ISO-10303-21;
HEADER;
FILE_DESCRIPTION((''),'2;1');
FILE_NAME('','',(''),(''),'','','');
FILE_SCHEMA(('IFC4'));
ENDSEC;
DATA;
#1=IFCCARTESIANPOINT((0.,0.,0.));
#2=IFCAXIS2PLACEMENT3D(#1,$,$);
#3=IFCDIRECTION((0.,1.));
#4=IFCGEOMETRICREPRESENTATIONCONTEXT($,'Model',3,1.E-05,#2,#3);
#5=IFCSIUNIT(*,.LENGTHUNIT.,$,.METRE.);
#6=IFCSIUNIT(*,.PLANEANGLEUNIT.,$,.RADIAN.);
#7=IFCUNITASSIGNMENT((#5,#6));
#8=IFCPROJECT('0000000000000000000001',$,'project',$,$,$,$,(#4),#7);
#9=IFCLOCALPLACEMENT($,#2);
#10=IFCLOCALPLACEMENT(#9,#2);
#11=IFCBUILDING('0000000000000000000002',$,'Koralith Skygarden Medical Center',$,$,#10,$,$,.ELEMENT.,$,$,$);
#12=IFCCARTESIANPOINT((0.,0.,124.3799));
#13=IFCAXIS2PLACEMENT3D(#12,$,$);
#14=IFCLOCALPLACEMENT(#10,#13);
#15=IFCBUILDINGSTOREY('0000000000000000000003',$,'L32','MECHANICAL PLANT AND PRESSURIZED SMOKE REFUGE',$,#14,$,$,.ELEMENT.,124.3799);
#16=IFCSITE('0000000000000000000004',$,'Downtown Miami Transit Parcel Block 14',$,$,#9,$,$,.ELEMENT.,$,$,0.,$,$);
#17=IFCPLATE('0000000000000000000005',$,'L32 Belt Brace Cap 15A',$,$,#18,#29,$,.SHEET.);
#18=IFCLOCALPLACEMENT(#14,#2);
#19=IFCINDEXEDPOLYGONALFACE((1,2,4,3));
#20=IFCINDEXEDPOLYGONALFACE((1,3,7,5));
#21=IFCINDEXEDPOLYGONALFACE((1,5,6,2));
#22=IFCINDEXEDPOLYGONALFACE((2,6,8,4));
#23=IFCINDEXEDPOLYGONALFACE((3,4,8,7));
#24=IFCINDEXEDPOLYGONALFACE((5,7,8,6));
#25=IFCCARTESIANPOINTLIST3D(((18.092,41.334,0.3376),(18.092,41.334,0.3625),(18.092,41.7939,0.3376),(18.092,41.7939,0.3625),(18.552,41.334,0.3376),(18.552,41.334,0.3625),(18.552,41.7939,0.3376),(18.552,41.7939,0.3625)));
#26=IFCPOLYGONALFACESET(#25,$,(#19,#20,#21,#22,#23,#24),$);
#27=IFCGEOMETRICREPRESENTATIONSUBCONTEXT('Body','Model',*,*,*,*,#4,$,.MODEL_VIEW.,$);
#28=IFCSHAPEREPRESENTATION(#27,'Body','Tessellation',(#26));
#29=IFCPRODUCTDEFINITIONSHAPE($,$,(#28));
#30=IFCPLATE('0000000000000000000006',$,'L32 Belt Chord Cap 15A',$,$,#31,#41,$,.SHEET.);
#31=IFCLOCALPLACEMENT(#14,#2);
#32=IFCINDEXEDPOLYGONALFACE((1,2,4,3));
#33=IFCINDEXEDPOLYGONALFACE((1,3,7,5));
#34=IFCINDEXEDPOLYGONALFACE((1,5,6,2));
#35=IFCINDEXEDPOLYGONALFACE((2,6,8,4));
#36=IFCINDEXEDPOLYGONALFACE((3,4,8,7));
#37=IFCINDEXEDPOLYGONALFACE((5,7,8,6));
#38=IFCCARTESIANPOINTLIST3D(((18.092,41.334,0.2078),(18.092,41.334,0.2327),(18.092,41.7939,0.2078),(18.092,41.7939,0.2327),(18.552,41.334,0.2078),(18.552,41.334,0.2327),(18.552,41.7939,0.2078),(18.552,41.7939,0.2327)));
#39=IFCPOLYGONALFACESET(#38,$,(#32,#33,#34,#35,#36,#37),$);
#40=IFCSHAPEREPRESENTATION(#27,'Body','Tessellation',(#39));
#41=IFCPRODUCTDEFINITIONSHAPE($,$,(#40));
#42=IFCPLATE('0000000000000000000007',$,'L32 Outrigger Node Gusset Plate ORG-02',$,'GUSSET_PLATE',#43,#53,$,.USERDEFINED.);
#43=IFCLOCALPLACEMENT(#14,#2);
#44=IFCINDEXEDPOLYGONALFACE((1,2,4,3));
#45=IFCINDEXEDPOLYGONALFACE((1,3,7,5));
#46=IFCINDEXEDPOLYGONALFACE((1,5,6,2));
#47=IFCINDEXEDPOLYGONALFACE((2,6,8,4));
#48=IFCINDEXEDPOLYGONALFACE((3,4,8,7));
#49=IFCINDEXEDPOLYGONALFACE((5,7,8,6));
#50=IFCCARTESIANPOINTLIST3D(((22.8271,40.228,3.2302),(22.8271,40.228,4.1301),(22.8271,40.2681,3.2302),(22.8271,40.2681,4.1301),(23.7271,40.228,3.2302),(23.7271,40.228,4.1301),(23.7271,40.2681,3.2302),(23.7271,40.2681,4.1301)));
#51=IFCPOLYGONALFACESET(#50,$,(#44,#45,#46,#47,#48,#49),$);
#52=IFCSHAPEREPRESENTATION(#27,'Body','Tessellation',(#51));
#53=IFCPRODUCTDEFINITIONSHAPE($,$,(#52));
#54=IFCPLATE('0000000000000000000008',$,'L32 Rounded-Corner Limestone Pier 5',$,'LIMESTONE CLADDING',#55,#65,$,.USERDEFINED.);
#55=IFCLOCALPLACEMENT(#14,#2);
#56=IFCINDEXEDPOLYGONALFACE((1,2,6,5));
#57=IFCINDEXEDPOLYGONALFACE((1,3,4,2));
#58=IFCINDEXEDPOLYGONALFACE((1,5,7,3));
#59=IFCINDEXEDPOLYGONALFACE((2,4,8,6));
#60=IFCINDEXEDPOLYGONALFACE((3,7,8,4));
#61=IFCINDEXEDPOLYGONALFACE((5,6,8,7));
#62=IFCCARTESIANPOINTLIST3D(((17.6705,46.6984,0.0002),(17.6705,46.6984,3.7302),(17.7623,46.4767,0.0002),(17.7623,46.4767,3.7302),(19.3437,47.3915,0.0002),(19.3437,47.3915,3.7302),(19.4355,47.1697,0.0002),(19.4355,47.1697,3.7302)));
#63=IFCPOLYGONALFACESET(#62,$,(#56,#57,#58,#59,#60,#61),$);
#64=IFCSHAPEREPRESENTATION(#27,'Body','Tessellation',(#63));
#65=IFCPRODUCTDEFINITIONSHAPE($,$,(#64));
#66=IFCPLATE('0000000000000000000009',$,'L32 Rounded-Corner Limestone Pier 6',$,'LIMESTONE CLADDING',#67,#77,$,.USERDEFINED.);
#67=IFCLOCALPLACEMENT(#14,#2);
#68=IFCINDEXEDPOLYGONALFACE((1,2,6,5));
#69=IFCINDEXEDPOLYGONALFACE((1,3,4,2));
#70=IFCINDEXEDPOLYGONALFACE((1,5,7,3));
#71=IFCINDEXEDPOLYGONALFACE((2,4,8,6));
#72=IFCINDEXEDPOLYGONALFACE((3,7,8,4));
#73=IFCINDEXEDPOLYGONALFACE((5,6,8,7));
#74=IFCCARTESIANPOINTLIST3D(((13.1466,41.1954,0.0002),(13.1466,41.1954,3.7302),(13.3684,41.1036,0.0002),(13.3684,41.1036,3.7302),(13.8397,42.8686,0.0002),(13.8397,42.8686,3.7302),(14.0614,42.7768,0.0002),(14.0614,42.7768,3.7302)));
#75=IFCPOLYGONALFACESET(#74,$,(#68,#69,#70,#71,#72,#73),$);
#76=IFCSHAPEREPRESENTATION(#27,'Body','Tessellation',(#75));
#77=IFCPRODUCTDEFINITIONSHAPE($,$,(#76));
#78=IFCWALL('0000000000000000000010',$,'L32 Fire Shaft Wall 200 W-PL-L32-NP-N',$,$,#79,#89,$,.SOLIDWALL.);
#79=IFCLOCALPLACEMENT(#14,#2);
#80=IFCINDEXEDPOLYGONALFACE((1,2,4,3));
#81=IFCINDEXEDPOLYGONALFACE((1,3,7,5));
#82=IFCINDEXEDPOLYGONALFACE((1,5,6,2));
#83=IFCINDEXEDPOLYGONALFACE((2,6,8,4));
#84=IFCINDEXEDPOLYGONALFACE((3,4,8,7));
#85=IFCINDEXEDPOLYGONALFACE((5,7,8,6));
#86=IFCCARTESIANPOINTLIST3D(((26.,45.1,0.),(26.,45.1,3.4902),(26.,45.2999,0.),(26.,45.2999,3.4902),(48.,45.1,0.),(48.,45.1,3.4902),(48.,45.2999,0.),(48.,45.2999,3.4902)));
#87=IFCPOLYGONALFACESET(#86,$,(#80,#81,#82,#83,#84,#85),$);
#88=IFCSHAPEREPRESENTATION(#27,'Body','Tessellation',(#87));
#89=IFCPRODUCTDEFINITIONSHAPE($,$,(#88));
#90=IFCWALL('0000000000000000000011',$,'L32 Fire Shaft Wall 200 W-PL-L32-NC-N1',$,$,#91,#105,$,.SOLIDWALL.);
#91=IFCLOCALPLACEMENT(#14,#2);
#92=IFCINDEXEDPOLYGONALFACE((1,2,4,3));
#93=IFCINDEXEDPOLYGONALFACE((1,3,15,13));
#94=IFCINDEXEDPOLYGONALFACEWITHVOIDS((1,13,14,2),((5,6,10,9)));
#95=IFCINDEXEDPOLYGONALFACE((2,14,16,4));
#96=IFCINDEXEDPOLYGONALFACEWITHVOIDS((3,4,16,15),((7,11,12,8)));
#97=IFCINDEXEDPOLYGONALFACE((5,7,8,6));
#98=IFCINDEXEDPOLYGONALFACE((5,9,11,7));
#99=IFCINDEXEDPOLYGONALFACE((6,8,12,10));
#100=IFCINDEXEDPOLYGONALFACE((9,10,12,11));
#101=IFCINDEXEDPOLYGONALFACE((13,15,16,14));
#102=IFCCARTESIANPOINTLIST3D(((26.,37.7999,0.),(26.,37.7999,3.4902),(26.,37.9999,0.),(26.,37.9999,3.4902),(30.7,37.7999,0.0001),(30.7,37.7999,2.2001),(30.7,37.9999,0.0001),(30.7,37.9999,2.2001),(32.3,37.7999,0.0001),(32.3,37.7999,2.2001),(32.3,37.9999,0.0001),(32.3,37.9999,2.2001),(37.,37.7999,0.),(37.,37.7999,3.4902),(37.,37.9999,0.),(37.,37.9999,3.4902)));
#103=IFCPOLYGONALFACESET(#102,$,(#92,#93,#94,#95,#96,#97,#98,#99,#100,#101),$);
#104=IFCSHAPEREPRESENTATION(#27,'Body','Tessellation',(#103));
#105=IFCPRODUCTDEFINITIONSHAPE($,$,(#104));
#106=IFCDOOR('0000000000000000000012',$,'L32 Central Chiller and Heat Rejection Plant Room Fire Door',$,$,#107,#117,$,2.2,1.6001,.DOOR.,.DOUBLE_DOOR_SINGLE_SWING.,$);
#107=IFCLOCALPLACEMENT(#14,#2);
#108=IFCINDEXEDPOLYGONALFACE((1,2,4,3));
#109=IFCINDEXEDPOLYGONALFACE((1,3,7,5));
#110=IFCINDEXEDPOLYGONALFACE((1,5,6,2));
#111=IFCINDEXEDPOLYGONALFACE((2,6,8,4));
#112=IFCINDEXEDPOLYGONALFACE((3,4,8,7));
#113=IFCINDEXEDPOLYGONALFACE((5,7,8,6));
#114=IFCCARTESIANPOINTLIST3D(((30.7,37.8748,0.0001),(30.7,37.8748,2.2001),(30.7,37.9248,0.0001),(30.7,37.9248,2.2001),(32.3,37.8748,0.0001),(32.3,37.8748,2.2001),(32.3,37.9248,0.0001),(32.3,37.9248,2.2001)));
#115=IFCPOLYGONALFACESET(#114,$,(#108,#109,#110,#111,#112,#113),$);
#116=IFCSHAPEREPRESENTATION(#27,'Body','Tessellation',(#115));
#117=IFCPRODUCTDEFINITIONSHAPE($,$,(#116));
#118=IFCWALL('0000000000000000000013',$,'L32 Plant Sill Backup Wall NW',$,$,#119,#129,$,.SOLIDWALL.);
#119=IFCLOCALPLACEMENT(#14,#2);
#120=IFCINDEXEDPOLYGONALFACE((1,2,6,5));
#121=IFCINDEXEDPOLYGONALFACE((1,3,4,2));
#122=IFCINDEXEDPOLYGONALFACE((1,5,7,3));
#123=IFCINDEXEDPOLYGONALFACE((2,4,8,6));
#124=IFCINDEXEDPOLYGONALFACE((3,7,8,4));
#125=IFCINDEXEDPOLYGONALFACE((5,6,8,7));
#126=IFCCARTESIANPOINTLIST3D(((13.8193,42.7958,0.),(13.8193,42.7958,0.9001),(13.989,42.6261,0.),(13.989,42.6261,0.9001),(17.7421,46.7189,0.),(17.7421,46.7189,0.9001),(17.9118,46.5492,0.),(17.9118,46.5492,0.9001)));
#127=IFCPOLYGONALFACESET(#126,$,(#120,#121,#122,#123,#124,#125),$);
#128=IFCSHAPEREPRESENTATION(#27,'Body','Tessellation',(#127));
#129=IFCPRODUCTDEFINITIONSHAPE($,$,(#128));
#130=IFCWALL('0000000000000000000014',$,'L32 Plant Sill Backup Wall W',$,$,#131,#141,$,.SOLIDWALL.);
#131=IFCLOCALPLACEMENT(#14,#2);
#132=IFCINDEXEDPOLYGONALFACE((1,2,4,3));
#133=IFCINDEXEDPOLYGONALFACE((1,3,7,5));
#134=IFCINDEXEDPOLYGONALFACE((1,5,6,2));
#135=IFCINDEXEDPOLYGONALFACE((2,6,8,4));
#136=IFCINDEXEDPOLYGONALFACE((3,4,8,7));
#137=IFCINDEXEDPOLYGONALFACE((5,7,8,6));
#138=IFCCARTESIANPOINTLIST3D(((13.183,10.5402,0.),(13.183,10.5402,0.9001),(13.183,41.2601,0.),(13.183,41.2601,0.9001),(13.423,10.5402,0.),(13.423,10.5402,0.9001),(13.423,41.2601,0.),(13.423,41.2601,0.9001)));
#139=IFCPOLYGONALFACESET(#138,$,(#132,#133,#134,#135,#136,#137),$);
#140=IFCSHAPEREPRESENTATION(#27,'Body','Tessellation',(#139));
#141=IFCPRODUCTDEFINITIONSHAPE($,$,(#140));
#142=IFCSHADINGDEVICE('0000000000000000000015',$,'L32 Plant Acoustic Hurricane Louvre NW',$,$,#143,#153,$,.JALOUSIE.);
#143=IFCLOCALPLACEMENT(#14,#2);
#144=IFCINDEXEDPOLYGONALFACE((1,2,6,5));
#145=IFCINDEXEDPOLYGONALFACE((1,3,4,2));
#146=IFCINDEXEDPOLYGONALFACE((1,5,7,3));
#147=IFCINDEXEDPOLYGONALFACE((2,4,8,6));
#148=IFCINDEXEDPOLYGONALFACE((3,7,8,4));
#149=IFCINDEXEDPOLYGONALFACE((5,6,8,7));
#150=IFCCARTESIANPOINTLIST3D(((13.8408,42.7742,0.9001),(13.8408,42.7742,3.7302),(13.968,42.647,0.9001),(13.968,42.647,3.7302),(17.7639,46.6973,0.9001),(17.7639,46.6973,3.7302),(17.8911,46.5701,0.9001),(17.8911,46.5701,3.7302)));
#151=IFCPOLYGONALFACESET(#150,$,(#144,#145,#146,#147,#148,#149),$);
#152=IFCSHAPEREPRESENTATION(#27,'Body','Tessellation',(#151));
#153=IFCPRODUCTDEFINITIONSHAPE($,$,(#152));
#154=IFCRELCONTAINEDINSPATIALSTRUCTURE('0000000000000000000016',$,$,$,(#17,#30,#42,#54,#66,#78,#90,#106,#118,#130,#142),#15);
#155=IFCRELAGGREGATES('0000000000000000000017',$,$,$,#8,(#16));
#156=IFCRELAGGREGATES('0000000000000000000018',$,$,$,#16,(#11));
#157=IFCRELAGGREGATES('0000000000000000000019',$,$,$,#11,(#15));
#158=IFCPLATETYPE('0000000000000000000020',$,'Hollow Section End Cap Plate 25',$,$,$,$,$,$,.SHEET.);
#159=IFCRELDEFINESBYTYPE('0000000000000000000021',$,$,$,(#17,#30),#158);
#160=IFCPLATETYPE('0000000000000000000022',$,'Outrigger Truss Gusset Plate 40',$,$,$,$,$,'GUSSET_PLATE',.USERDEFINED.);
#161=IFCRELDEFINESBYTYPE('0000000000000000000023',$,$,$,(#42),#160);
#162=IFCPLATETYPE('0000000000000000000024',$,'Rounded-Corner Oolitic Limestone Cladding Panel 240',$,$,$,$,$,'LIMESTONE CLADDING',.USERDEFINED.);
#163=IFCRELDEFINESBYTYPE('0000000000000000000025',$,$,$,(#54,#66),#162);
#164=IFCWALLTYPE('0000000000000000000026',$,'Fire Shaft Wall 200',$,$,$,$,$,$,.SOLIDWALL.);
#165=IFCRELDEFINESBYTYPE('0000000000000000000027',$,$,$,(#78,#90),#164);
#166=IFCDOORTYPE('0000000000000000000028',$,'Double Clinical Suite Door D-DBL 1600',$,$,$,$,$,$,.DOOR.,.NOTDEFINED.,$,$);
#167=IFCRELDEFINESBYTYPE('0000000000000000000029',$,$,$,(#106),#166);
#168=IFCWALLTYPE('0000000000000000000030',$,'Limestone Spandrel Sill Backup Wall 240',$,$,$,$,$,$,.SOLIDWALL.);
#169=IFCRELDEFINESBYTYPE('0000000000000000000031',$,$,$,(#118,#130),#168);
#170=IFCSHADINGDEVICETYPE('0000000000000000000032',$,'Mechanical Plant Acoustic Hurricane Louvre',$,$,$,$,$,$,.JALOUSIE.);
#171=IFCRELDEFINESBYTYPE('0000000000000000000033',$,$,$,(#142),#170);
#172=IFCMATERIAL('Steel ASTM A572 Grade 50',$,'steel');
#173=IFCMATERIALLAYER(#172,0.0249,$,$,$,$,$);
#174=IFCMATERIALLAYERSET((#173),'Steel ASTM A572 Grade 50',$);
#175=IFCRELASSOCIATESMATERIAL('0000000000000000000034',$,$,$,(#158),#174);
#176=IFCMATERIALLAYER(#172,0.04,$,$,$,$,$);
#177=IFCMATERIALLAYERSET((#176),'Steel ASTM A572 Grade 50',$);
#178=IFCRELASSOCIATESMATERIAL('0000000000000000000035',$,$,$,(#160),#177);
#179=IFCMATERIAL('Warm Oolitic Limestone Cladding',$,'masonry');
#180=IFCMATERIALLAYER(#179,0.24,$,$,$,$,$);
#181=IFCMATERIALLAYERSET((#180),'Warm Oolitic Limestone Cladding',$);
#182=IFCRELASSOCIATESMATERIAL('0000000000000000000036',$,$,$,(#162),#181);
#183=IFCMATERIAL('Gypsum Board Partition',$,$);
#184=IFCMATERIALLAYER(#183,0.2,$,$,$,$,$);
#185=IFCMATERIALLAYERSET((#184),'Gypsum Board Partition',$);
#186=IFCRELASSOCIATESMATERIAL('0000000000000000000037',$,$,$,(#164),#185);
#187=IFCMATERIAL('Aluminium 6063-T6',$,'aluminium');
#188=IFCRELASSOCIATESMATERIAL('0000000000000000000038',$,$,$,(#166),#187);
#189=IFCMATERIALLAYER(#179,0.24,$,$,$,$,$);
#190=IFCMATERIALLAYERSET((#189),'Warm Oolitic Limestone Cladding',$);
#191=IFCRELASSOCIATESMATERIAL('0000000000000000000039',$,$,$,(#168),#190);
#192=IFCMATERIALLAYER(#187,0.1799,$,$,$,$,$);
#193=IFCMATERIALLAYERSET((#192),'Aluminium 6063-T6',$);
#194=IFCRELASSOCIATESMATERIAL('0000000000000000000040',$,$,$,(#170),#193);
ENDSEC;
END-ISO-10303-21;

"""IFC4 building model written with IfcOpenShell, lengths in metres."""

from ifc_helpers import new_model, si_unit, direction, frame, frame_2d, origin, origin_2d, place, context, subcontext, project, spatial, rectangle, extrude, material, layer, layer_set, type_object, element, fill, save


model = new_model("IFC4")

# Units and contexts
model_context = context("Model", 3, precision=1e-05, world=origin(), true_north=direction((0.0, 1.0)))
body_context = subcontext(model_context, "Body", "Model", "MODEL_VIEW")
ifc_project = project(units=[si_unit("LENGTHUNIT", "METRE"), si_unit("PLANEANGLEUNIT", "RADIAN")], contexts=[model_context])

# Site, building, storey
site_placement = place(None, origin())
site = spatial("IfcSite", under=ifc_project, at=site_placement, Name="Downtown Miami Transit Parcel Block 14", CompositionType="ELEMENT", RefElevation=0.0)
building_placement = place(site_placement, origin())
building = spatial("IfcBuilding", under=site, at=building_placement, Name="Koralith Skygarden Medical Center", CompositionType="ELEMENT")
storey_placement = place(building_placement, frame((0.0, 0.0, 124.3799)))
storey = spatial("IfcBuildingStorey", under=building, at=storey_placement, Name="L32", Description="MECHANICAL PLANT AND PRESSURIZED SMOKE REFUGE", CompositionType="ELEMENT", Elevation=124.3799)

# Plates
ifc_material_1 = material(Name="Steel ASTM A572 Grade 50", Category="steel")
ifc_layer_1 = layer(ifc_material_1, 0.0249)
ifc_layer_set_1 = layer_set([ifc_layer_1], Name="Steel ASTM A572 Grade 50")
plate_type_1 = type_object("IfcPlateType", Name="Hollow Section End Cap Plate 25", PredefinedType="SHEET", material=ifc_layer_set_1)
for number, where, z_axis, x_axis, name in (
    (1, (18.322, 41.564, 0.3376), (0.0, 0.0, 1.0), (1.0, 0.0, 0.0), "L32 Belt Brace Cap 15A"),
    (2, (18.322, 41.564, 0.2078), (0.0, 0.0, 1.0), (1.0, 0.0, 0.0), "L32 Belt Chord Cap 15A"),
):
    element("IfcPlate", number, at=place(storey_placement, frame(where, z_axis=z_axis, x_axis=x_axis)), inside=storey, type_object=plate_type_1, Name=name, PredefinedType="SHEET", context=body_context, shape_type="SweptSolid", body=[
        extrude(rectangle(XDim=0.46, YDim=0.46, at=origin_2d()), origin(), (0.0, 0.0, 1.0), 0.0249),
    ])
ifc_layer_2 = layer(ifc_material_1, 0.04)
ifc_layer_set_2 = layer_set([ifc_layer_2], Name="Steel ASTM A572 Grade 50")
plate_type_2 = type_object("IfcPlateType", Name="Outrigger Truss Gusset Plate 40", ElementType="GUSSET_PLATE", PredefinedType="USERDEFINED", material=ifc_layer_set_2)
plate_placement = place(storey_placement, frame((23.2771, 40.248, 3.2302), z_axis=(0.0, 0.0, 1.0), x_axis=(1.0, 0.0, 0.0)))
element("IfcPlate", 3, at=plate_placement, inside=storey, type_object=plate_type_2, Name="L32 Outrigger Node Gusset Plate ORG-02", ObjectType="GUSSET_PLATE", PredefinedType="USERDEFINED", context=body_context, shape_type="SweptSolid", body=[
    extrude(rectangle(XDim=0.8999, YDim=0.04, at=origin_2d()), origin(), (0.0, 0.0, 1.0), 0.8999),
])
ifc_material_2 = material(Name="Warm Oolitic Limestone Cladding", Category="masonry")
ifc_layer_3 = layer(ifc_material_2, 0.24)
ifc_layer_set_3 = layer_set([ifc_layer_3], Name="Warm Oolitic Limestone Cladding")
plate_type_3 = type_object("IfcPlateType", Name="Rounded-Corner Oolitic Limestone Cladding Panel 240", ElementType="LIMESTONE CLADDING", PredefinedType="USERDEFINED", material=ifc_layer_set_3)
for number, where, z_axis, x_axis, name in (
    (4, (18.553, 46.9341, 0.0002), (0.0, 0.0, 1.0), (-0.923885, -0.382671, 0.0), "L32 Rounded-Corner Limestone Pier 5"),
    (5, (13.604, 41.9861, 0.0002), (0.0, 0.0, 1.0), (-0.382671, -0.923885, 0.0), "L32 Rounded-Corner Limestone Pier 6"),
):
    element("IfcPlate", number, at=place(storey_placement, frame(where, z_axis=z_axis, x_axis=x_axis)), inside=storey, type_object=plate_type_3, Name=name, ObjectType="LIMESTONE CLADDING", PredefinedType="USERDEFINED", context=body_context, shape_type="SweptSolid", body=[
        extrude(rectangle(XDim=1.811, YDim=0.24, at=origin_2d()), origin(), (0.0, 0.0, 1.0), 3.73),
    ])

# Wall
ifc_material_3 = material(Name="Gypsum Board Partition")
ifc_layer_4 = layer(ifc_material_3, 0.2)
ifc_layer_set_4 = layer_set([ifc_layer_4], Name="Gypsum Board Partition")
wall_type_1 = type_object("IfcWallType", Name="Fire Shaft Wall 200", PredefinedType="SOLIDWALL", material=ifc_layer_set_4)
wall_1_placement = place(storey_placement, frame((26.0, 45.2, 0.0), z_axis=(0.0, 0.0, 1.0), x_axis=(1.0, 0.0, 0.0)))
element("IfcWall", 6, at=wall_1_placement, inside=storey, type_object=wall_type_1, Name="L32 Fire Shaft Wall 200 W-PL-L32-NP-N", PredefinedType="SOLIDWALL", context=body_context, shape_type="SweptSolid", body=[
    extrude(rectangle(XDim=22.0, YDim=0.2, at=frame_2d((11.0, 0.0))), origin(), (0.0, 0.0, 1.0), 3.4902),
])

# Wall, opening, door
wall_2_placement = place(storey_placement, frame((26.0, 37.8999, 0.0), z_axis=(0.0, 0.0, 1.0), x_axis=(1.0, 0.0, 0.0)))
wall_2 = element("IfcWall", 7, at=wall_2_placement, inside=storey, type_object=wall_type_1, Name="L32 Fire Shaft Wall 200 W-PL-L32-NC-N1", PredefinedType="SOLIDWALL", context=body_context, shape_type="SweptSolid", body=[
    extrude(rectangle(XDim=11.0, YDim=0.2, at=frame_2d((5.5, 0.0))), origin(), (0.0, 0.0, 1.0), 3.4902),
])
opening_placement = place(wall_2_placement, frame((4.7, 0.0, 0.0)))
opening = element("IfcOpeningElement", 8, at=opening_placement, cuts=wall_2, PredefinedType="OPENING", context=body_context, shape_type="SweptSolid", body=[
    extrude(rectangle(XDim=1.6001, YDim=2.2, at=frame_2d((0.8, 1.1001))), frame((0.0, 0.1099, 0.0), z_axis=(0.0, -1.0, 0.0), x_axis=(1.0, 0.0, 0.0)), (0.0, 0.0, 1.0), 0.22),
])
ifc_material_4 = material(Name="Aluminium 6063-T6", Category="aluminium")
door_type = type_object("IfcDoorType", Name="Double Clinical Suite Door D-DBL 1600", OperationType="NOTDEFINED", PredefinedType="DOOR", material=ifc_material_4)
door_placement = place(opening_placement, origin())
door = element("IfcDoor", 9, at=door_placement, inside=storey, type_object=door_type, Name="L32 Central Chiller and Heat Rejection Plant Room Fire Door", OperationType="DOUBLE_DOOR_SINGLE_SWING", OverallHeight=2.2, OverallWidth=1.6001, PredefinedType="DOOR", context=body_context, shape_type="SweptSolid", body=[
    extrude(rectangle(XDim=1.6001, YDim=2.2, at=frame_2d((0.8, 1.1001))), frame((0.0, 0.0249, 0.0), z_axis=(0.0, -1.0, 0.0), x_axis=(1.0, 0.0, 0.0)), (0.0, 0.0, 1.0), 0.05),
])
fill(opening, door)

# Walls
ifc_layer_5 = layer(ifc_material_2, 0.24)
ifc_layer_set_5 = layer_set([ifc_layer_5], Name="Warm Oolitic Limestone Cladding")
wall_type_2 = type_object("IfcWallType", Name="Limestone Spandrel Sill Backup Wall 240", PredefinedType="SOLIDWALL", material=ifc_layer_set_5)
wall_3_placement = place(storey_placement, frame((17.8269, 46.634, 0.0), z_axis=(0.0, 0.0, 1.0), x_axis=(-0.707085, -0.707129, 0.0)))
element("IfcWall", 10, at=wall_3_placement, inside=storey, type_object=wall_type_2, Name="L32 Plant Sill Backup Wall NW", PredefinedType="SOLIDWALL", context=body_context, shape_type="SweptSolid", body=[
    extrude(rectangle(XDim=5.5479, YDim=0.24, at=frame_2d((2.7739, 0.0))), origin(), (0.0, 0.0, 1.0), 0.9001),
])
wall_4_placement = place(storey_placement, frame((13.303, 41.26, 0.0), z_axis=(0.0, 0.0, 1.0), x_axis=(0.0, -1.0, 0.0)))
element("IfcWall", 11, at=wall_4_placement, inside=storey, type_object=wall_type_2, Name="L32 Plant Sill Backup Wall W", PredefinedType="SOLIDWALL", context=body_context, shape_type="SweptSolid", body=[
    extrude(rectangle(XDim=30.72, YDim=0.24, at=frame_2d((15.3599, 0.0))), origin(), (0.0, 0.0, 1.0), 0.9001),
])

# Shading device
ifc_layer_6 = layer(ifc_material_4, 0.1799)
ifc_layer_set_6 = layer_set([ifc_layer_6], Name="Aluminium 6063-T6")
shading_device_type = type_object("IfcShadingDeviceType", Name="Mechanical Plant Acoustic Hurricane Louvre", PredefinedType="JALOUSIE", material=ifc_layer_set_6)
shading_device_placement = place(storey_placement, frame((15.866, 44.6721, 0.9001), z_axis=(0.0, 0.0, 1.0), x_axis=(-0.707107, -0.707107, 0.0)))
element("IfcShadingDevice", 12, at=shading_device_placement, inside=storey, type_object=shading_device_type, Name="L32 Plant Acoustic Hurricane Louvre NW", PredefinedType="JALOUSIE", context=body_context, shape_type="SweptSolid", body=[
    extrude(rectangle(XDim=5.5481, YDim=0.1799, at=origin_2d()), origin(), (0.0, 0.0, 1.0), 2.8301),
])

save(model, "model.ifc")
